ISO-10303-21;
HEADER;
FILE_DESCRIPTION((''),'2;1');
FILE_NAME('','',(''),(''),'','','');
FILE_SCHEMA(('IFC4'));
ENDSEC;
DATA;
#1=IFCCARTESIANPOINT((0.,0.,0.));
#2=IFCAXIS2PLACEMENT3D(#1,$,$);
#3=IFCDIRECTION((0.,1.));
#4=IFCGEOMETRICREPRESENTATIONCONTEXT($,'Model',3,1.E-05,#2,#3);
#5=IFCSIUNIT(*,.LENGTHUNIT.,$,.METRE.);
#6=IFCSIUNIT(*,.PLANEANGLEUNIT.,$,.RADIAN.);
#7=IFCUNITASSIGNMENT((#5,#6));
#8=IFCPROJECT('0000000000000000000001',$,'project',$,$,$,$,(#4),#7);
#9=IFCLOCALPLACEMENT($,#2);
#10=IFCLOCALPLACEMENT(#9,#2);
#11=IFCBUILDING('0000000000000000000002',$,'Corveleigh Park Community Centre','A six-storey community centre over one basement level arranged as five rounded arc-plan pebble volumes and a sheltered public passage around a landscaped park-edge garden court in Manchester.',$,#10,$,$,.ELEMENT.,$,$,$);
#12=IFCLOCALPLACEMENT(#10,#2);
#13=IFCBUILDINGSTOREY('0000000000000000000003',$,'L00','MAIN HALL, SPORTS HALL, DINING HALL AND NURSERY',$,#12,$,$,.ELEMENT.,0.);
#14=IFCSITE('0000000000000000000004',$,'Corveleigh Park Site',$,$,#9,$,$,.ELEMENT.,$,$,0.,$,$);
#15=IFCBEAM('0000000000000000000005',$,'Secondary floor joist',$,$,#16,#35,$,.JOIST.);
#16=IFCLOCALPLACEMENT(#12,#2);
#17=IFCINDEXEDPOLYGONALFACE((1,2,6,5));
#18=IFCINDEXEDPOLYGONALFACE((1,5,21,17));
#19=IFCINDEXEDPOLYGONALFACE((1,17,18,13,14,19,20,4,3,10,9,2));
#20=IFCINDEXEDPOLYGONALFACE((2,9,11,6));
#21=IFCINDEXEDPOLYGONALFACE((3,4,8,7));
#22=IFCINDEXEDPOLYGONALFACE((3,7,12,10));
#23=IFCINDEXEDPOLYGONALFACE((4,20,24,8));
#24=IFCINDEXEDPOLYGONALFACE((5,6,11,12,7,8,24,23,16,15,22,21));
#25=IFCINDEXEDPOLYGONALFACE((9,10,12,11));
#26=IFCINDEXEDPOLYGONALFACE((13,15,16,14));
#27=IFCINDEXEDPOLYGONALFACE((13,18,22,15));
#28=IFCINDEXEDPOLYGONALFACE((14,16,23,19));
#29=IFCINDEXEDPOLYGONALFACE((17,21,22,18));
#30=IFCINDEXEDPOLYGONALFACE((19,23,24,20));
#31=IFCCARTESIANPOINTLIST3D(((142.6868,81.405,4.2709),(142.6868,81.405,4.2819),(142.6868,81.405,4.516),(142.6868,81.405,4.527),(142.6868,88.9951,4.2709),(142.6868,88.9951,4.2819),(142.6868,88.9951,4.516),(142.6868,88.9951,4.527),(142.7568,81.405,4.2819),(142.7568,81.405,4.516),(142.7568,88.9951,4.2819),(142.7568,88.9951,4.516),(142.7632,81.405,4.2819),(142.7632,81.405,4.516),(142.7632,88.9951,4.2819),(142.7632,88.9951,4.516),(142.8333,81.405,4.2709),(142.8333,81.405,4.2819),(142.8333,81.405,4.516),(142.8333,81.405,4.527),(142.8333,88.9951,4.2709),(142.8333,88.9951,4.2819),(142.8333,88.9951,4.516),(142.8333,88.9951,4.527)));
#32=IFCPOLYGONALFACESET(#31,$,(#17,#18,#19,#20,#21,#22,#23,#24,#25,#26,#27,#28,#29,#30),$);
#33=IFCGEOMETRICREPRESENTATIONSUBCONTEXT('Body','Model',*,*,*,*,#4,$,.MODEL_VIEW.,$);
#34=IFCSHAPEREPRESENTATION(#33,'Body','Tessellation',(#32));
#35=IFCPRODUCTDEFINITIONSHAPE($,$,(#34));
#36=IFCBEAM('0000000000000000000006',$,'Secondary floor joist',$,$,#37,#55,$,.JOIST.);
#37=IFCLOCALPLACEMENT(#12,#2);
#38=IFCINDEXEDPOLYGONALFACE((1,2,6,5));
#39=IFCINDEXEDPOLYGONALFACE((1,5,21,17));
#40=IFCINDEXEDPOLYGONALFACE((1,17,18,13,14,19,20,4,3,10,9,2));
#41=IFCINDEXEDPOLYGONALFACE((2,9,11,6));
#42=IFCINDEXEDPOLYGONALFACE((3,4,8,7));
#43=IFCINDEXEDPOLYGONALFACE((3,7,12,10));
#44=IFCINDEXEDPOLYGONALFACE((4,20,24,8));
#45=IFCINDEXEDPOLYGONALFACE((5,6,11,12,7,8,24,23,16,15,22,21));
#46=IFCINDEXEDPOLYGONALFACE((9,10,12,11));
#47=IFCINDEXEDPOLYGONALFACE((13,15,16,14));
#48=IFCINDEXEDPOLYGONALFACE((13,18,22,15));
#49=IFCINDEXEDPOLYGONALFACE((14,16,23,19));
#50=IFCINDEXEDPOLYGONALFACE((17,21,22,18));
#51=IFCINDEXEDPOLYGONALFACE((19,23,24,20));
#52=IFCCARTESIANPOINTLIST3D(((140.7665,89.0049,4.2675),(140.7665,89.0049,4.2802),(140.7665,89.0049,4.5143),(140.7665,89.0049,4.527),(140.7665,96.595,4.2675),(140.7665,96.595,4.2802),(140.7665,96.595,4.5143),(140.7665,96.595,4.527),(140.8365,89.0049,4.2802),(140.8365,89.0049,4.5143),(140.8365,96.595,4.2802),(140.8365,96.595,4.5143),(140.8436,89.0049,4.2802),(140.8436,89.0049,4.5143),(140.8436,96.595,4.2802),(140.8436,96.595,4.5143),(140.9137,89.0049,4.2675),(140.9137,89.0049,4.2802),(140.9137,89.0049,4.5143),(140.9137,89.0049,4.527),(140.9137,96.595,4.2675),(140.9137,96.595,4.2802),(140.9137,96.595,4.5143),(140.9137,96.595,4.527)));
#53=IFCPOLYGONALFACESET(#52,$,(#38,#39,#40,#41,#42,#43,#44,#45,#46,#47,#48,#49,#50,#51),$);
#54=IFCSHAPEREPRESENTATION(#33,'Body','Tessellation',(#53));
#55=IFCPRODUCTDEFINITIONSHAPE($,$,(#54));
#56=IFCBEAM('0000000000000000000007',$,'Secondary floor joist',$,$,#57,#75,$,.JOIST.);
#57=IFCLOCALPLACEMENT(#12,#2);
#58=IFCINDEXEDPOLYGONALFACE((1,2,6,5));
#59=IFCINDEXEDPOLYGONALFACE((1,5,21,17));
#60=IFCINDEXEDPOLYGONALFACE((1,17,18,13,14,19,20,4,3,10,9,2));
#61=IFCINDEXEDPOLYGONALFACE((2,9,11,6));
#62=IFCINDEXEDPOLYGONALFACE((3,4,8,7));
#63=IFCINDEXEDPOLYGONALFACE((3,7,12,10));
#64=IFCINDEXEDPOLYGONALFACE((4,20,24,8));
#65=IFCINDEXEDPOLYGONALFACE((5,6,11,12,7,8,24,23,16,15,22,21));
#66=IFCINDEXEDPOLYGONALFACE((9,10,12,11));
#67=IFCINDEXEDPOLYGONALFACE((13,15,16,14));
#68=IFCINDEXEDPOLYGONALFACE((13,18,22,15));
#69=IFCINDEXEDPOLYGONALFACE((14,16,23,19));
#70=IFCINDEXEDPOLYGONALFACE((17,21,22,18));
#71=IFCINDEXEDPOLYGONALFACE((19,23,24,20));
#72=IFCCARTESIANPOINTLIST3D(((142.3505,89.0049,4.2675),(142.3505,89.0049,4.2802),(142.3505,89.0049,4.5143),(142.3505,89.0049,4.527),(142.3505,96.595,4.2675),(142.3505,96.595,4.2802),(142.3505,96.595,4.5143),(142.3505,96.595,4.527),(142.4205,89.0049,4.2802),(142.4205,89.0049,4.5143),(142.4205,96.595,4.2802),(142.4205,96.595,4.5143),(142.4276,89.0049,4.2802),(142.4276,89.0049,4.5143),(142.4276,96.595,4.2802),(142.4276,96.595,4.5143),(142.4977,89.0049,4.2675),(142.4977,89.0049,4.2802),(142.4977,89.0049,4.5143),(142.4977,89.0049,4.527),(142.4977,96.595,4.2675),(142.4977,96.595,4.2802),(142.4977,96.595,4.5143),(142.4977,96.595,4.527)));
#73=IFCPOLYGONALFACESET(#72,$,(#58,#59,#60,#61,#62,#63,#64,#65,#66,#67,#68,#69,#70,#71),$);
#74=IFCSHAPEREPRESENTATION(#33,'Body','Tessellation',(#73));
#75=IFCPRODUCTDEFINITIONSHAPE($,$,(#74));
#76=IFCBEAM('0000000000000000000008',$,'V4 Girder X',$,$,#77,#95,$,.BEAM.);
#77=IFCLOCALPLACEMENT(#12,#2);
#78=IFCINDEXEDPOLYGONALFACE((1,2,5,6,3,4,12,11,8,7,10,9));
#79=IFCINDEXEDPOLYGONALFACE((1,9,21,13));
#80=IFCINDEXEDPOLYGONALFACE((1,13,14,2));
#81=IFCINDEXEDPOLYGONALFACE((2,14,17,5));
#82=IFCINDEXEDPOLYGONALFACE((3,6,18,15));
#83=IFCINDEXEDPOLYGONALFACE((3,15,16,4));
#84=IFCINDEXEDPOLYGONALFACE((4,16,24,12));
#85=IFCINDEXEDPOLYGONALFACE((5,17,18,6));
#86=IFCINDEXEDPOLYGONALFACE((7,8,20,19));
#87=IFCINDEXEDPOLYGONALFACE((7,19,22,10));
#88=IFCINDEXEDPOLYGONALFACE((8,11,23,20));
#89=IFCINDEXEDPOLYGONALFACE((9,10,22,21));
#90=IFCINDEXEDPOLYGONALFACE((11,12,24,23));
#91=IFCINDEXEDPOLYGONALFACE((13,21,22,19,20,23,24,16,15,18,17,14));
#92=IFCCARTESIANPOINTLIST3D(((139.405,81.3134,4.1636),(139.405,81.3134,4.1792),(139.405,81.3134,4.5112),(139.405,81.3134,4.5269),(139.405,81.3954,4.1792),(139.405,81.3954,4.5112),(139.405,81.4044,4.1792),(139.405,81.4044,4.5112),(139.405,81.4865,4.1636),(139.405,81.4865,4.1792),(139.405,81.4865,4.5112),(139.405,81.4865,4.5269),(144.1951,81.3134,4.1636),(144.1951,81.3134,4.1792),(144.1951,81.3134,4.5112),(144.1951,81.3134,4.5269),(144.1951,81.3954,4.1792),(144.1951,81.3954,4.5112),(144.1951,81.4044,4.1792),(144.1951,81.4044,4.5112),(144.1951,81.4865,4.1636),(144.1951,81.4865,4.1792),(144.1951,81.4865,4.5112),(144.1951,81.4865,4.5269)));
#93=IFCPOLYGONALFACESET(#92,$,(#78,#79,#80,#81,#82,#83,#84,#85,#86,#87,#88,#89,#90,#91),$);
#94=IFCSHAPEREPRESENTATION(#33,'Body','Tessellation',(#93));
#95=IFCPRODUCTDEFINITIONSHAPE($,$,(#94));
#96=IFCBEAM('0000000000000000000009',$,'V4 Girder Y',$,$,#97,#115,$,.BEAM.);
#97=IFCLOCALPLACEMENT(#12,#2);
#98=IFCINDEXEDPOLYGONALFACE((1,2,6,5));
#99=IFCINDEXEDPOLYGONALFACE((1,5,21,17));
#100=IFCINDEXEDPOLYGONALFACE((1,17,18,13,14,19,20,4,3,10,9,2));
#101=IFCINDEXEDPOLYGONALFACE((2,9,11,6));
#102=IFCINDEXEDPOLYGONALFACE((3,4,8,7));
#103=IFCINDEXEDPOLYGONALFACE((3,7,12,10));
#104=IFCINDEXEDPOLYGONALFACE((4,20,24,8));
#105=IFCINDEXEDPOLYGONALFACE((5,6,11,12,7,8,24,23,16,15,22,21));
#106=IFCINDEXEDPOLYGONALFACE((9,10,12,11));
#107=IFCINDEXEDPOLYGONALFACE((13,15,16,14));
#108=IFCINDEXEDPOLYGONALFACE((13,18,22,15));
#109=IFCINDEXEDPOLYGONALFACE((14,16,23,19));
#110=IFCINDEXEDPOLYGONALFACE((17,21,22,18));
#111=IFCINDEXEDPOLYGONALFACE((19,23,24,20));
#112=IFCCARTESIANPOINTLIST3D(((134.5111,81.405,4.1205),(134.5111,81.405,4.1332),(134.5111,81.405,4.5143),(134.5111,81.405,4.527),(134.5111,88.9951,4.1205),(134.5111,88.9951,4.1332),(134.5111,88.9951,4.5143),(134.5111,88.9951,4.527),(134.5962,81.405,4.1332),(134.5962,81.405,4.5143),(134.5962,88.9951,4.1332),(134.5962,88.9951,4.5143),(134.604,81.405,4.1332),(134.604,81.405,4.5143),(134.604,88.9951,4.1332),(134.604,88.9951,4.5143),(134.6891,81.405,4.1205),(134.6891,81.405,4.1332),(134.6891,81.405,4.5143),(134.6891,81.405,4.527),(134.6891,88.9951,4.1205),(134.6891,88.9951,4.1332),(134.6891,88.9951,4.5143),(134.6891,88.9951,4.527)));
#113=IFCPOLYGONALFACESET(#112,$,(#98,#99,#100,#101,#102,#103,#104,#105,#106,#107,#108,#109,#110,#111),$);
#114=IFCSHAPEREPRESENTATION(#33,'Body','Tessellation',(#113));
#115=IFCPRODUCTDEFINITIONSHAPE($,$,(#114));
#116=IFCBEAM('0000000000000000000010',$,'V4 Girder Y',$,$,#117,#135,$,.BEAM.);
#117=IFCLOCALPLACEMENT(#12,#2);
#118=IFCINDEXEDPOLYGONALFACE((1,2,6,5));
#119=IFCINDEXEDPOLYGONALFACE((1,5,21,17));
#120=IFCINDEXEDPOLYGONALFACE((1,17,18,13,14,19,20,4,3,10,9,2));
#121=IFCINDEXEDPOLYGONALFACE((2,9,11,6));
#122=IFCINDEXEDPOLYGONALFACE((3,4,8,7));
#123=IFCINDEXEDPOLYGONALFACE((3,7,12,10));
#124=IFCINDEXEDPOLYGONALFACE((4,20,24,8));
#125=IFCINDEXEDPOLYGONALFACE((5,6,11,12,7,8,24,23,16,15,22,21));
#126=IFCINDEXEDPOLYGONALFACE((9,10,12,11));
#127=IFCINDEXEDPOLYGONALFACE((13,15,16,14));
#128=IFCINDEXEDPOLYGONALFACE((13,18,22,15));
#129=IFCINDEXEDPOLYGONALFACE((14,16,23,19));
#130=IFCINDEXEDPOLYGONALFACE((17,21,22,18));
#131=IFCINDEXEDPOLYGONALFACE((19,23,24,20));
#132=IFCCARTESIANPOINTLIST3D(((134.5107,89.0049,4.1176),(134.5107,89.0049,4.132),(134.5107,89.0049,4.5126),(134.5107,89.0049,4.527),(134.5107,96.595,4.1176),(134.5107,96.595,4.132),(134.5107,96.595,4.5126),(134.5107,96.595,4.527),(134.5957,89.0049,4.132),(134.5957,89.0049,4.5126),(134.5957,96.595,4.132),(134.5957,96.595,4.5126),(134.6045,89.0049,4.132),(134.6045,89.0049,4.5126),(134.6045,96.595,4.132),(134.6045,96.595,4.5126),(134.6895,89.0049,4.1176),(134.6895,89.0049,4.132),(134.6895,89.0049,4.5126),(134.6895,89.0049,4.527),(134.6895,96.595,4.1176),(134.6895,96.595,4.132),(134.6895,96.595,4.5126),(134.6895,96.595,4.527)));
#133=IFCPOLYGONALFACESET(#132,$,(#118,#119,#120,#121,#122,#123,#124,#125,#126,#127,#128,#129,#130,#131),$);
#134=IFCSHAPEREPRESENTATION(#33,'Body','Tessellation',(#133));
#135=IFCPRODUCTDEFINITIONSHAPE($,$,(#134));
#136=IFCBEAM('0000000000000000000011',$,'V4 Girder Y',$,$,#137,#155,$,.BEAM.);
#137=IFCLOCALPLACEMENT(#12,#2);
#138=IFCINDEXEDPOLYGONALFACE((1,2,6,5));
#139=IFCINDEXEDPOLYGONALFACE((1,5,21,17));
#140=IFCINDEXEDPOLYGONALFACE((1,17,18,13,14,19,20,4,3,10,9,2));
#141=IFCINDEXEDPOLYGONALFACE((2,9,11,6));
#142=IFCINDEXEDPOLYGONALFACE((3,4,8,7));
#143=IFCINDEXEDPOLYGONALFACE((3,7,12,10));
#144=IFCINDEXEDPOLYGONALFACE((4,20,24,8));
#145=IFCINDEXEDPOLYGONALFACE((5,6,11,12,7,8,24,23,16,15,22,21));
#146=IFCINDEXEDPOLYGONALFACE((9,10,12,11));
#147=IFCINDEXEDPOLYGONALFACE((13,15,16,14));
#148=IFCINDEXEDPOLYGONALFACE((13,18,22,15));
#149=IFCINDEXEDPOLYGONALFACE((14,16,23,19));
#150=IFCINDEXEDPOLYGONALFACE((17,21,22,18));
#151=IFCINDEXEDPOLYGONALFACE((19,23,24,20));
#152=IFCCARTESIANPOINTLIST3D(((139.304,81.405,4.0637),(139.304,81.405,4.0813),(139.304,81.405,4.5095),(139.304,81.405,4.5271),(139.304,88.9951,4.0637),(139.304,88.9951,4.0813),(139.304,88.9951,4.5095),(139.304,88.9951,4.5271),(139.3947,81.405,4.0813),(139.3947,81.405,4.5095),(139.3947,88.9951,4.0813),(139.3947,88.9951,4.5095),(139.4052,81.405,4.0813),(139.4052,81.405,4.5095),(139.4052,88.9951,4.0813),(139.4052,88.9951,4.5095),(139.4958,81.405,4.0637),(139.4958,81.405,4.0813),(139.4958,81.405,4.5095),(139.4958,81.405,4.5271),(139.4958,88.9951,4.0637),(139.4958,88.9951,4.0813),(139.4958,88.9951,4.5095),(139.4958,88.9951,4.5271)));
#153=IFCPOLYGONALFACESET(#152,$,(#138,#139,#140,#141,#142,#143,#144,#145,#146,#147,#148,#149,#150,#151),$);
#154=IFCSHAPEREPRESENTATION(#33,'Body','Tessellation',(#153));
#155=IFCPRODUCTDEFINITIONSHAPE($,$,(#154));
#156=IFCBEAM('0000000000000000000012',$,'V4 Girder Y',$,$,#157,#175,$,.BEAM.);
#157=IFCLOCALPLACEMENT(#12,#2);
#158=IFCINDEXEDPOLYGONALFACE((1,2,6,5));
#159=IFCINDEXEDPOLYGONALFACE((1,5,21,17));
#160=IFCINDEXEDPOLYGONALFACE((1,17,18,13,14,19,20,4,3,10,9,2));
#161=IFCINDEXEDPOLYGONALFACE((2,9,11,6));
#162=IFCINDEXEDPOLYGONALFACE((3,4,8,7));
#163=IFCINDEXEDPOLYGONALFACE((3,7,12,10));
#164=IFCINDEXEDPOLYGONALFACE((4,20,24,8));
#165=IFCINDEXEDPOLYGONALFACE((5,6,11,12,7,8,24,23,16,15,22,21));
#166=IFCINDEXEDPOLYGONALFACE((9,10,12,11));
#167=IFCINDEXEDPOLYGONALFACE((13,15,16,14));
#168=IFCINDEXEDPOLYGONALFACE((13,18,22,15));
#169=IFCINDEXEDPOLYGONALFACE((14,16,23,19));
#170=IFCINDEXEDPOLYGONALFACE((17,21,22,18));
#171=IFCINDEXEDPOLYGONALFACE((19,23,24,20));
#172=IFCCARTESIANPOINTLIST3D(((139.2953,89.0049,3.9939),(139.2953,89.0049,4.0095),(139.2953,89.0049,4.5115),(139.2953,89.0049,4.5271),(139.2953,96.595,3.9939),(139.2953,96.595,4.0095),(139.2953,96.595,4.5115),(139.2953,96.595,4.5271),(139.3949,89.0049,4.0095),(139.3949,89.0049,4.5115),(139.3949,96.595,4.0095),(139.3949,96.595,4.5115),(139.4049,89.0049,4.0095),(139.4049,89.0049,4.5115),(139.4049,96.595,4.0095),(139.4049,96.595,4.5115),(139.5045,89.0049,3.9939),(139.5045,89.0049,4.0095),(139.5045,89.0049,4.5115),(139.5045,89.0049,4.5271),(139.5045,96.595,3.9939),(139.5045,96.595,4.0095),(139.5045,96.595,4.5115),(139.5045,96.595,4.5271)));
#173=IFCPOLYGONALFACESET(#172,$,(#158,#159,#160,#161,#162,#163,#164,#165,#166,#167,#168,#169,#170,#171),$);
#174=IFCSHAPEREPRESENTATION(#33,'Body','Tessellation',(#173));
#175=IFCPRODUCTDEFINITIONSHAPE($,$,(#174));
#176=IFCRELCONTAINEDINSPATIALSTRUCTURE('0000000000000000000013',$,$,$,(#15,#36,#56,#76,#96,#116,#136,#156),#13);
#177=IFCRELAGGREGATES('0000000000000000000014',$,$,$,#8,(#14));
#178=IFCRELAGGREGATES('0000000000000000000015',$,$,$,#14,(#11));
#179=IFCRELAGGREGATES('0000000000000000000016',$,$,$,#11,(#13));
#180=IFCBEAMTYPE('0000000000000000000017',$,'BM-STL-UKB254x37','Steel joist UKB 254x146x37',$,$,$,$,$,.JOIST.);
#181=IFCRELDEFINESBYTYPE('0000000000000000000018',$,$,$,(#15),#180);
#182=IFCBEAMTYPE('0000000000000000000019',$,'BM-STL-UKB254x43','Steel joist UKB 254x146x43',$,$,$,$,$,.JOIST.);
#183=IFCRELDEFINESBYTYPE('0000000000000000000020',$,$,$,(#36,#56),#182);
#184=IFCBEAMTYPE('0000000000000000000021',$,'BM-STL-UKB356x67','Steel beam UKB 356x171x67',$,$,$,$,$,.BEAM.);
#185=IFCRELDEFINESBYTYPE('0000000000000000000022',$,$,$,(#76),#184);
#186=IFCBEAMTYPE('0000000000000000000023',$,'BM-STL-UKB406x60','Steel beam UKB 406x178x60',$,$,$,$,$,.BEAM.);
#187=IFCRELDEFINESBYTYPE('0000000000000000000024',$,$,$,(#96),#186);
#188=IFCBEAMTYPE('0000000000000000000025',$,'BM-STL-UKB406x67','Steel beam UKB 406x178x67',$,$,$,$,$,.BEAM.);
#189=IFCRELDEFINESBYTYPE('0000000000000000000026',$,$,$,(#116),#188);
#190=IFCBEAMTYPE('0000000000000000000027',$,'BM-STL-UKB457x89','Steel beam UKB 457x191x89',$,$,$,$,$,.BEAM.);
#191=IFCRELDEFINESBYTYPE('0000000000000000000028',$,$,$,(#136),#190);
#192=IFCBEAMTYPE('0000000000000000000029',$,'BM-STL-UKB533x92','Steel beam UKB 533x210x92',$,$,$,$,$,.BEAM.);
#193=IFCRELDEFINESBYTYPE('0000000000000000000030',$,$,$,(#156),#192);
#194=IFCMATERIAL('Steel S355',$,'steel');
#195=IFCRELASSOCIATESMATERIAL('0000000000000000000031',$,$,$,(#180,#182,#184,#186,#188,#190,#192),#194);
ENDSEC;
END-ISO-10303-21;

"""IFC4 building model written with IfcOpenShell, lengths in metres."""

from ifc_helpers import new_model, si_unit, direction, frame, origin, origin_2d, place, context, subcontext, project, spatial, i_section, extrude, material, material_profile, profile_set, type_object, element, save


model = new_model("IFC4")

# Units and contexts
model_context = context("Model", 3, precision=1e-05, world=origin(), true_north=direction((0.0, 1.0)))
body_context = subcontext(model_context, "Body", "Model", "MODEL_VIEW")
ifc_project = project(units=[si_unit("LENGTHUNIT", "METRE"), si_unit("PLANEANGLEUNIT", "RADIAN")], contexts=[model_context])

# Site, building, storey
site_placement = place(None, origin())
site = spatial("IfcSite", under=ifc_project, at=site_placement, Name="Corveleigh Park Site", CompositionType="ELEMENT", RefElevation=0.0)
building_placement = place(site_placement, origin())
building = spatial("IfcBuilding", under=site, at=building_placement, Name="Corveleigh Park Community Centre", Description="A six-storey community centre over one basement level arranged as five rounded arc-plan pebble volumes and a sheltered public passage around a landscaped park-edge garden court in Manchester.", CompositionType="ELEMENT")
storey_placement = place(building_placement, origin())
storey = spatial("IfcBuildingStorey", under=building, at=storey_placement, Name="L00", Description="MAIN HALL, SPORTS HALL, DINING HALL AND NURSERY", CompositionType="ELEMENT", Elevation=0.0)

# Shared definitions
ifc_material_1 = material(Name="Steel S355", Category="steel")

# Beams
ifc_material_profile_1 = material_profile(ifc_material_1, i_section(OverallWidth=0.1465, OverallDepth=0.2561, WebThickness=0.0063, FlangeThickness=0.011, at=origin_2d()), Name="UKB 254x146x37", Category="steel")
ifc_profile_set_1 = profile_set([ifc_material_profile_1], Name="Steel S355")
beam_type_1 = type_object("IfcBeamType", Name="BM-STL-UKB254x37", Description="Steel joist UKB 254x146x37", PredefinedType="JOIST", material=ifc_profile_set_1)
for number, where, z_axis, x_axis, name in (
    (1, (142.76, 81.405, 4.3989), (0.0, 1.0, 0.0), (-1.0, 0.0, 0.0), "Secondary floor joist"),
):
    element("IfcBeam", number, at=place(storey_placement, frame(where, z_axis=z_axis, x_axis=x_axis)), inside=storey, type_object=beam_type_1, Name=name, PredefinedType="JOIST", context=body_context, shape_type="SweptSolid", body=[
        extrude(i_section(OverallWidth=0.1465, OverallDepth=0.2561, WebThickness=0.0063, FlangeThickness=0.011, at=origin_2d()), origin(), (0.0, 0.0, 1.0), 7.5901),
    ])
ifc_material_profile_2 = material_profile(ifc_material_1, i_section(OverallWidth=0.1472, OverallDepth=0.2595, WebThickness=0.0071, FlangeThickness=0.0127, at=origin_2d()), Name="UKB 254x146x43", Category="steel")
ifc_profile_set_2 = profile_set([ifc_material_profile_2], Name="Steel S355")
beam_type_2 = type_object("IfcBeamType", Name="BM-STL-UKB254x43", Description="Steel joist UKB 254x146x43", PredefinedType="JOIST", material=ifc_profile_set_2)
for number, where, z_axis, x_axis, name in (
    (2, (140.8401, 89.0049, 4.3972), (0.0, 1.0, 0.0), (-1.0, 0.0, 0.0), "Secondary floor joist"),
    (3, (142.4241, 89.0049, 4.3972), (0.0, 1.0, 0.0), (-1.0, 0.0, 0.0), "Secondary floor joist"),
):
    element("IfcBeam", number, at=place(storey_placement, frame(where, z_axis=z_axis, x_axis=x_axis)), inside=storey, type_object=beam_type_2, Name=name, PredefinedType="JOIST", context=body_context, shape_type="SweptSolid", body=[
        extrude(i_section(OverallWidth=0.1472, OverallDepth=0.2595, WebThickness=0.0071, FlangeThickness=0.0127, at=origin_2d()), origin(), (0.0, 0.0, 1.0), 7.5901),
    ])
ifc_material_profile_3 = material_profile(ifc_material_1, i_section(OverallWidth=0.1731, OverallDepth=0.3633, WebThickness=0.009, FlangeThickness=0.0156, at=origin_2d()), Name="UKB 356x171x67", Category="steel")
ifc_profile_set_3 = profile_set([ifc_material_profile_3], Name="Steel S355")
beam_type_3 = type_object("IfcBeamType", Name="BM-STL-UKB356x67", Description="Steel beam UKB 356x171x67", PredefinedType="BEAM", material=ifc_profile_set_3)
beam_1_placement = place(storey_placement, frame((139.405, 81.3999, 4.3452), z_axis=(1.0, 0.0, 0.0), x_axis=(0.0, 1.0, 0.0)))
element("IfcBeam", 4, at=beam_1_placement, inside=storey, type_object=beam_type_3, Name="V4 Girder X", PredefinedType="BEAM", context=body_context, shape_type="SweptSolid", body=[
    extrude(i_section(OverallWidth=0.1731, OverallDepth=0.3633, WebThickness=0.009, FlangeThickness=0.0156, at=origin_2d()), origin(), (0.0, 0.0, 1.0), 4.79),
])
ifc_material_profile_4 = material_profile(ifc_material_1, i_section(OverallWidth=0.178, OverallDepth=0.4065, WebThickness=0.0078, FlangeThickness=0.0127, at=origin_2d()), Name="UKB 406x178x60", Category="steel")
ifc_profile_set_4 = profile_set([ifc_material_profile_4], Name="Steel S355")
beam_type_4 = type_object("IfcBeamType", Name="BM-STL-UKB406x60", Description="Steel beam UKB 406x178x60", PredefinedType="BEAM", material=ifc_profile_set_4)
beam_2_placement = place(storey_placement, frame((134.6001, 81.405, 4.3237), z_axis=(0.0, 1.0, 0.0), x_axis=(-1.0, 0.0, 0.0)))
element("IfcBeam", 5, at=beam_2_placement, inside=storey, type_object=beam_type_4, Name="V4 Girder Y", PredefinedType="BEAM", context=body_context, shape_type="SweptSolid", body=[
    extrude(i_section(OverallWidth=0.178, OverallDepth=0.4065, WebThickness=0.0078, FlangeThickness=0.0127, at=origin_2d()), origin(), (0.0, 0.0, 1.0), 7.5901),
])
ifc_material_profile_5 = material_profile(ifc_material_1, i_section(OverallWidth=0.1787, OverallDepth=0.4094, WebThickness=0.0088, FlangeThickness=0.0144, at=origin_2d()), Name="UKB 406x178x67", Category="steel")
ifc_profile_set_5 = profile_set([ifc_material_profile_5], Name="Steel S355")
beam_type_5 = type_object("IfcBeamType", Name="BM-STL-UKB406x67", Description="Steel beam UKB 406x178x67", PredefinedType="BEAM", material=ifc_profile_set_5)
beam_3_placement = place(storey_placement, frame((134.6001, 89.0049, 4.3223), z_axis=(0.0, 1.0, 0.0), x_axis=(-1.0, 0.0, 0.0)))
element("IfcBeam", 6, at=beam_3_placement, inside=storey, type_object=beam_type_5, Name="V4 Girder Y", PredefinedType="BEAM", context=body_context, shape_type="SweptSolid", body=[
    extrude(i_section(OverallWidth=0.1787, OverallDepth=0.4094, WebThickness=0.0088, FlangeThickness=0.0144, at=origin_2d()), origin(), (0.0, 0.0, 1.0), 7.5901),
])
ifc_material_profile_6 = material_profile(ifc_material_1, i_section(OverallWidth=0.1919, OverallDepth=0.4634, WebThickness=0.0105, FlangeThickness=0.0176, at=origin_2d()), Name="UKB 457x191x89", Category="steel")
ifc_profile_set_6 = profile_set([ifc_material_profile_6], Name="Steel S355")
beam_type_6 = type_object("IfcBeamType", Name="BM-STL-UKB457x89", Description="Steel beam UKB 457x191x89", PredefinedType="BEAM", material=ifc_profile_set_6)
beam_4_placement = place(storey_placement, frame((139.3999, 81.405, 4.2954), z_axis=(0.0, 1.0, 0.0), x_axis=(-1.0, 0.0, 0.0)))
element("IfcBeam", 7, at=beam_4_placement, inside=storey, type_object=beam_type_6, Name="V4 Girder Y", PredefinedType="BEAM", context=body_context, shape_type="SweptSolid", body=[
    extrude(i_section(OverallWidth=0.1919, OverallDepth=0.4634, WebThickness=0.0105, FlangeThickness=0.0176, at=origin_2d()), origin(), (0.0, 0.0, 1.0), 7.5901),
])
ifc_material_profile_7 = material_profile(ifc_material_1, i_section(OverallWidth=0.2092, OverallDepth=0.5332, WebThickness=0.01, FlangeThickness=0.0156, at=origin_2d()), Name="UKB 533x210x92", Category="steel")
ifc_profile_set_7 = profile_set([ifc_material_profile_7], Name="Steel S355")
beam_type_7 = type_object("IfcBeamType", Name="BM-STL-UKB533x92", Description="Steel beam UKB 533x210x92", PredefinedType="BEAM", material=ifc_profile_set_7)
beam_5_placement = place(storey_placement, frame((139.3999, 89.0049, 4.2605), z_axis=(0.0, 1.0, 0.0), x_axis=(-1.0, 0.0, 0.0)))
element("IfcBeam", 8, at=beam_5_placement, inside=storey, type_object=beam_type_7, Name="V4 Girder Y", PredefinedType="BEAM", context=body_context, shape_type="SweptSolid", body=[
    extrude(i_section(OverallWidth=0.2092, OverallDepth=0.5332, WebThickness=0.01, FlangeThickness=0.0156, at=origin_2d()), origin(), (0.0, 0.0, 1.0), 7.5901),
])

save(model, "model.ifc")
